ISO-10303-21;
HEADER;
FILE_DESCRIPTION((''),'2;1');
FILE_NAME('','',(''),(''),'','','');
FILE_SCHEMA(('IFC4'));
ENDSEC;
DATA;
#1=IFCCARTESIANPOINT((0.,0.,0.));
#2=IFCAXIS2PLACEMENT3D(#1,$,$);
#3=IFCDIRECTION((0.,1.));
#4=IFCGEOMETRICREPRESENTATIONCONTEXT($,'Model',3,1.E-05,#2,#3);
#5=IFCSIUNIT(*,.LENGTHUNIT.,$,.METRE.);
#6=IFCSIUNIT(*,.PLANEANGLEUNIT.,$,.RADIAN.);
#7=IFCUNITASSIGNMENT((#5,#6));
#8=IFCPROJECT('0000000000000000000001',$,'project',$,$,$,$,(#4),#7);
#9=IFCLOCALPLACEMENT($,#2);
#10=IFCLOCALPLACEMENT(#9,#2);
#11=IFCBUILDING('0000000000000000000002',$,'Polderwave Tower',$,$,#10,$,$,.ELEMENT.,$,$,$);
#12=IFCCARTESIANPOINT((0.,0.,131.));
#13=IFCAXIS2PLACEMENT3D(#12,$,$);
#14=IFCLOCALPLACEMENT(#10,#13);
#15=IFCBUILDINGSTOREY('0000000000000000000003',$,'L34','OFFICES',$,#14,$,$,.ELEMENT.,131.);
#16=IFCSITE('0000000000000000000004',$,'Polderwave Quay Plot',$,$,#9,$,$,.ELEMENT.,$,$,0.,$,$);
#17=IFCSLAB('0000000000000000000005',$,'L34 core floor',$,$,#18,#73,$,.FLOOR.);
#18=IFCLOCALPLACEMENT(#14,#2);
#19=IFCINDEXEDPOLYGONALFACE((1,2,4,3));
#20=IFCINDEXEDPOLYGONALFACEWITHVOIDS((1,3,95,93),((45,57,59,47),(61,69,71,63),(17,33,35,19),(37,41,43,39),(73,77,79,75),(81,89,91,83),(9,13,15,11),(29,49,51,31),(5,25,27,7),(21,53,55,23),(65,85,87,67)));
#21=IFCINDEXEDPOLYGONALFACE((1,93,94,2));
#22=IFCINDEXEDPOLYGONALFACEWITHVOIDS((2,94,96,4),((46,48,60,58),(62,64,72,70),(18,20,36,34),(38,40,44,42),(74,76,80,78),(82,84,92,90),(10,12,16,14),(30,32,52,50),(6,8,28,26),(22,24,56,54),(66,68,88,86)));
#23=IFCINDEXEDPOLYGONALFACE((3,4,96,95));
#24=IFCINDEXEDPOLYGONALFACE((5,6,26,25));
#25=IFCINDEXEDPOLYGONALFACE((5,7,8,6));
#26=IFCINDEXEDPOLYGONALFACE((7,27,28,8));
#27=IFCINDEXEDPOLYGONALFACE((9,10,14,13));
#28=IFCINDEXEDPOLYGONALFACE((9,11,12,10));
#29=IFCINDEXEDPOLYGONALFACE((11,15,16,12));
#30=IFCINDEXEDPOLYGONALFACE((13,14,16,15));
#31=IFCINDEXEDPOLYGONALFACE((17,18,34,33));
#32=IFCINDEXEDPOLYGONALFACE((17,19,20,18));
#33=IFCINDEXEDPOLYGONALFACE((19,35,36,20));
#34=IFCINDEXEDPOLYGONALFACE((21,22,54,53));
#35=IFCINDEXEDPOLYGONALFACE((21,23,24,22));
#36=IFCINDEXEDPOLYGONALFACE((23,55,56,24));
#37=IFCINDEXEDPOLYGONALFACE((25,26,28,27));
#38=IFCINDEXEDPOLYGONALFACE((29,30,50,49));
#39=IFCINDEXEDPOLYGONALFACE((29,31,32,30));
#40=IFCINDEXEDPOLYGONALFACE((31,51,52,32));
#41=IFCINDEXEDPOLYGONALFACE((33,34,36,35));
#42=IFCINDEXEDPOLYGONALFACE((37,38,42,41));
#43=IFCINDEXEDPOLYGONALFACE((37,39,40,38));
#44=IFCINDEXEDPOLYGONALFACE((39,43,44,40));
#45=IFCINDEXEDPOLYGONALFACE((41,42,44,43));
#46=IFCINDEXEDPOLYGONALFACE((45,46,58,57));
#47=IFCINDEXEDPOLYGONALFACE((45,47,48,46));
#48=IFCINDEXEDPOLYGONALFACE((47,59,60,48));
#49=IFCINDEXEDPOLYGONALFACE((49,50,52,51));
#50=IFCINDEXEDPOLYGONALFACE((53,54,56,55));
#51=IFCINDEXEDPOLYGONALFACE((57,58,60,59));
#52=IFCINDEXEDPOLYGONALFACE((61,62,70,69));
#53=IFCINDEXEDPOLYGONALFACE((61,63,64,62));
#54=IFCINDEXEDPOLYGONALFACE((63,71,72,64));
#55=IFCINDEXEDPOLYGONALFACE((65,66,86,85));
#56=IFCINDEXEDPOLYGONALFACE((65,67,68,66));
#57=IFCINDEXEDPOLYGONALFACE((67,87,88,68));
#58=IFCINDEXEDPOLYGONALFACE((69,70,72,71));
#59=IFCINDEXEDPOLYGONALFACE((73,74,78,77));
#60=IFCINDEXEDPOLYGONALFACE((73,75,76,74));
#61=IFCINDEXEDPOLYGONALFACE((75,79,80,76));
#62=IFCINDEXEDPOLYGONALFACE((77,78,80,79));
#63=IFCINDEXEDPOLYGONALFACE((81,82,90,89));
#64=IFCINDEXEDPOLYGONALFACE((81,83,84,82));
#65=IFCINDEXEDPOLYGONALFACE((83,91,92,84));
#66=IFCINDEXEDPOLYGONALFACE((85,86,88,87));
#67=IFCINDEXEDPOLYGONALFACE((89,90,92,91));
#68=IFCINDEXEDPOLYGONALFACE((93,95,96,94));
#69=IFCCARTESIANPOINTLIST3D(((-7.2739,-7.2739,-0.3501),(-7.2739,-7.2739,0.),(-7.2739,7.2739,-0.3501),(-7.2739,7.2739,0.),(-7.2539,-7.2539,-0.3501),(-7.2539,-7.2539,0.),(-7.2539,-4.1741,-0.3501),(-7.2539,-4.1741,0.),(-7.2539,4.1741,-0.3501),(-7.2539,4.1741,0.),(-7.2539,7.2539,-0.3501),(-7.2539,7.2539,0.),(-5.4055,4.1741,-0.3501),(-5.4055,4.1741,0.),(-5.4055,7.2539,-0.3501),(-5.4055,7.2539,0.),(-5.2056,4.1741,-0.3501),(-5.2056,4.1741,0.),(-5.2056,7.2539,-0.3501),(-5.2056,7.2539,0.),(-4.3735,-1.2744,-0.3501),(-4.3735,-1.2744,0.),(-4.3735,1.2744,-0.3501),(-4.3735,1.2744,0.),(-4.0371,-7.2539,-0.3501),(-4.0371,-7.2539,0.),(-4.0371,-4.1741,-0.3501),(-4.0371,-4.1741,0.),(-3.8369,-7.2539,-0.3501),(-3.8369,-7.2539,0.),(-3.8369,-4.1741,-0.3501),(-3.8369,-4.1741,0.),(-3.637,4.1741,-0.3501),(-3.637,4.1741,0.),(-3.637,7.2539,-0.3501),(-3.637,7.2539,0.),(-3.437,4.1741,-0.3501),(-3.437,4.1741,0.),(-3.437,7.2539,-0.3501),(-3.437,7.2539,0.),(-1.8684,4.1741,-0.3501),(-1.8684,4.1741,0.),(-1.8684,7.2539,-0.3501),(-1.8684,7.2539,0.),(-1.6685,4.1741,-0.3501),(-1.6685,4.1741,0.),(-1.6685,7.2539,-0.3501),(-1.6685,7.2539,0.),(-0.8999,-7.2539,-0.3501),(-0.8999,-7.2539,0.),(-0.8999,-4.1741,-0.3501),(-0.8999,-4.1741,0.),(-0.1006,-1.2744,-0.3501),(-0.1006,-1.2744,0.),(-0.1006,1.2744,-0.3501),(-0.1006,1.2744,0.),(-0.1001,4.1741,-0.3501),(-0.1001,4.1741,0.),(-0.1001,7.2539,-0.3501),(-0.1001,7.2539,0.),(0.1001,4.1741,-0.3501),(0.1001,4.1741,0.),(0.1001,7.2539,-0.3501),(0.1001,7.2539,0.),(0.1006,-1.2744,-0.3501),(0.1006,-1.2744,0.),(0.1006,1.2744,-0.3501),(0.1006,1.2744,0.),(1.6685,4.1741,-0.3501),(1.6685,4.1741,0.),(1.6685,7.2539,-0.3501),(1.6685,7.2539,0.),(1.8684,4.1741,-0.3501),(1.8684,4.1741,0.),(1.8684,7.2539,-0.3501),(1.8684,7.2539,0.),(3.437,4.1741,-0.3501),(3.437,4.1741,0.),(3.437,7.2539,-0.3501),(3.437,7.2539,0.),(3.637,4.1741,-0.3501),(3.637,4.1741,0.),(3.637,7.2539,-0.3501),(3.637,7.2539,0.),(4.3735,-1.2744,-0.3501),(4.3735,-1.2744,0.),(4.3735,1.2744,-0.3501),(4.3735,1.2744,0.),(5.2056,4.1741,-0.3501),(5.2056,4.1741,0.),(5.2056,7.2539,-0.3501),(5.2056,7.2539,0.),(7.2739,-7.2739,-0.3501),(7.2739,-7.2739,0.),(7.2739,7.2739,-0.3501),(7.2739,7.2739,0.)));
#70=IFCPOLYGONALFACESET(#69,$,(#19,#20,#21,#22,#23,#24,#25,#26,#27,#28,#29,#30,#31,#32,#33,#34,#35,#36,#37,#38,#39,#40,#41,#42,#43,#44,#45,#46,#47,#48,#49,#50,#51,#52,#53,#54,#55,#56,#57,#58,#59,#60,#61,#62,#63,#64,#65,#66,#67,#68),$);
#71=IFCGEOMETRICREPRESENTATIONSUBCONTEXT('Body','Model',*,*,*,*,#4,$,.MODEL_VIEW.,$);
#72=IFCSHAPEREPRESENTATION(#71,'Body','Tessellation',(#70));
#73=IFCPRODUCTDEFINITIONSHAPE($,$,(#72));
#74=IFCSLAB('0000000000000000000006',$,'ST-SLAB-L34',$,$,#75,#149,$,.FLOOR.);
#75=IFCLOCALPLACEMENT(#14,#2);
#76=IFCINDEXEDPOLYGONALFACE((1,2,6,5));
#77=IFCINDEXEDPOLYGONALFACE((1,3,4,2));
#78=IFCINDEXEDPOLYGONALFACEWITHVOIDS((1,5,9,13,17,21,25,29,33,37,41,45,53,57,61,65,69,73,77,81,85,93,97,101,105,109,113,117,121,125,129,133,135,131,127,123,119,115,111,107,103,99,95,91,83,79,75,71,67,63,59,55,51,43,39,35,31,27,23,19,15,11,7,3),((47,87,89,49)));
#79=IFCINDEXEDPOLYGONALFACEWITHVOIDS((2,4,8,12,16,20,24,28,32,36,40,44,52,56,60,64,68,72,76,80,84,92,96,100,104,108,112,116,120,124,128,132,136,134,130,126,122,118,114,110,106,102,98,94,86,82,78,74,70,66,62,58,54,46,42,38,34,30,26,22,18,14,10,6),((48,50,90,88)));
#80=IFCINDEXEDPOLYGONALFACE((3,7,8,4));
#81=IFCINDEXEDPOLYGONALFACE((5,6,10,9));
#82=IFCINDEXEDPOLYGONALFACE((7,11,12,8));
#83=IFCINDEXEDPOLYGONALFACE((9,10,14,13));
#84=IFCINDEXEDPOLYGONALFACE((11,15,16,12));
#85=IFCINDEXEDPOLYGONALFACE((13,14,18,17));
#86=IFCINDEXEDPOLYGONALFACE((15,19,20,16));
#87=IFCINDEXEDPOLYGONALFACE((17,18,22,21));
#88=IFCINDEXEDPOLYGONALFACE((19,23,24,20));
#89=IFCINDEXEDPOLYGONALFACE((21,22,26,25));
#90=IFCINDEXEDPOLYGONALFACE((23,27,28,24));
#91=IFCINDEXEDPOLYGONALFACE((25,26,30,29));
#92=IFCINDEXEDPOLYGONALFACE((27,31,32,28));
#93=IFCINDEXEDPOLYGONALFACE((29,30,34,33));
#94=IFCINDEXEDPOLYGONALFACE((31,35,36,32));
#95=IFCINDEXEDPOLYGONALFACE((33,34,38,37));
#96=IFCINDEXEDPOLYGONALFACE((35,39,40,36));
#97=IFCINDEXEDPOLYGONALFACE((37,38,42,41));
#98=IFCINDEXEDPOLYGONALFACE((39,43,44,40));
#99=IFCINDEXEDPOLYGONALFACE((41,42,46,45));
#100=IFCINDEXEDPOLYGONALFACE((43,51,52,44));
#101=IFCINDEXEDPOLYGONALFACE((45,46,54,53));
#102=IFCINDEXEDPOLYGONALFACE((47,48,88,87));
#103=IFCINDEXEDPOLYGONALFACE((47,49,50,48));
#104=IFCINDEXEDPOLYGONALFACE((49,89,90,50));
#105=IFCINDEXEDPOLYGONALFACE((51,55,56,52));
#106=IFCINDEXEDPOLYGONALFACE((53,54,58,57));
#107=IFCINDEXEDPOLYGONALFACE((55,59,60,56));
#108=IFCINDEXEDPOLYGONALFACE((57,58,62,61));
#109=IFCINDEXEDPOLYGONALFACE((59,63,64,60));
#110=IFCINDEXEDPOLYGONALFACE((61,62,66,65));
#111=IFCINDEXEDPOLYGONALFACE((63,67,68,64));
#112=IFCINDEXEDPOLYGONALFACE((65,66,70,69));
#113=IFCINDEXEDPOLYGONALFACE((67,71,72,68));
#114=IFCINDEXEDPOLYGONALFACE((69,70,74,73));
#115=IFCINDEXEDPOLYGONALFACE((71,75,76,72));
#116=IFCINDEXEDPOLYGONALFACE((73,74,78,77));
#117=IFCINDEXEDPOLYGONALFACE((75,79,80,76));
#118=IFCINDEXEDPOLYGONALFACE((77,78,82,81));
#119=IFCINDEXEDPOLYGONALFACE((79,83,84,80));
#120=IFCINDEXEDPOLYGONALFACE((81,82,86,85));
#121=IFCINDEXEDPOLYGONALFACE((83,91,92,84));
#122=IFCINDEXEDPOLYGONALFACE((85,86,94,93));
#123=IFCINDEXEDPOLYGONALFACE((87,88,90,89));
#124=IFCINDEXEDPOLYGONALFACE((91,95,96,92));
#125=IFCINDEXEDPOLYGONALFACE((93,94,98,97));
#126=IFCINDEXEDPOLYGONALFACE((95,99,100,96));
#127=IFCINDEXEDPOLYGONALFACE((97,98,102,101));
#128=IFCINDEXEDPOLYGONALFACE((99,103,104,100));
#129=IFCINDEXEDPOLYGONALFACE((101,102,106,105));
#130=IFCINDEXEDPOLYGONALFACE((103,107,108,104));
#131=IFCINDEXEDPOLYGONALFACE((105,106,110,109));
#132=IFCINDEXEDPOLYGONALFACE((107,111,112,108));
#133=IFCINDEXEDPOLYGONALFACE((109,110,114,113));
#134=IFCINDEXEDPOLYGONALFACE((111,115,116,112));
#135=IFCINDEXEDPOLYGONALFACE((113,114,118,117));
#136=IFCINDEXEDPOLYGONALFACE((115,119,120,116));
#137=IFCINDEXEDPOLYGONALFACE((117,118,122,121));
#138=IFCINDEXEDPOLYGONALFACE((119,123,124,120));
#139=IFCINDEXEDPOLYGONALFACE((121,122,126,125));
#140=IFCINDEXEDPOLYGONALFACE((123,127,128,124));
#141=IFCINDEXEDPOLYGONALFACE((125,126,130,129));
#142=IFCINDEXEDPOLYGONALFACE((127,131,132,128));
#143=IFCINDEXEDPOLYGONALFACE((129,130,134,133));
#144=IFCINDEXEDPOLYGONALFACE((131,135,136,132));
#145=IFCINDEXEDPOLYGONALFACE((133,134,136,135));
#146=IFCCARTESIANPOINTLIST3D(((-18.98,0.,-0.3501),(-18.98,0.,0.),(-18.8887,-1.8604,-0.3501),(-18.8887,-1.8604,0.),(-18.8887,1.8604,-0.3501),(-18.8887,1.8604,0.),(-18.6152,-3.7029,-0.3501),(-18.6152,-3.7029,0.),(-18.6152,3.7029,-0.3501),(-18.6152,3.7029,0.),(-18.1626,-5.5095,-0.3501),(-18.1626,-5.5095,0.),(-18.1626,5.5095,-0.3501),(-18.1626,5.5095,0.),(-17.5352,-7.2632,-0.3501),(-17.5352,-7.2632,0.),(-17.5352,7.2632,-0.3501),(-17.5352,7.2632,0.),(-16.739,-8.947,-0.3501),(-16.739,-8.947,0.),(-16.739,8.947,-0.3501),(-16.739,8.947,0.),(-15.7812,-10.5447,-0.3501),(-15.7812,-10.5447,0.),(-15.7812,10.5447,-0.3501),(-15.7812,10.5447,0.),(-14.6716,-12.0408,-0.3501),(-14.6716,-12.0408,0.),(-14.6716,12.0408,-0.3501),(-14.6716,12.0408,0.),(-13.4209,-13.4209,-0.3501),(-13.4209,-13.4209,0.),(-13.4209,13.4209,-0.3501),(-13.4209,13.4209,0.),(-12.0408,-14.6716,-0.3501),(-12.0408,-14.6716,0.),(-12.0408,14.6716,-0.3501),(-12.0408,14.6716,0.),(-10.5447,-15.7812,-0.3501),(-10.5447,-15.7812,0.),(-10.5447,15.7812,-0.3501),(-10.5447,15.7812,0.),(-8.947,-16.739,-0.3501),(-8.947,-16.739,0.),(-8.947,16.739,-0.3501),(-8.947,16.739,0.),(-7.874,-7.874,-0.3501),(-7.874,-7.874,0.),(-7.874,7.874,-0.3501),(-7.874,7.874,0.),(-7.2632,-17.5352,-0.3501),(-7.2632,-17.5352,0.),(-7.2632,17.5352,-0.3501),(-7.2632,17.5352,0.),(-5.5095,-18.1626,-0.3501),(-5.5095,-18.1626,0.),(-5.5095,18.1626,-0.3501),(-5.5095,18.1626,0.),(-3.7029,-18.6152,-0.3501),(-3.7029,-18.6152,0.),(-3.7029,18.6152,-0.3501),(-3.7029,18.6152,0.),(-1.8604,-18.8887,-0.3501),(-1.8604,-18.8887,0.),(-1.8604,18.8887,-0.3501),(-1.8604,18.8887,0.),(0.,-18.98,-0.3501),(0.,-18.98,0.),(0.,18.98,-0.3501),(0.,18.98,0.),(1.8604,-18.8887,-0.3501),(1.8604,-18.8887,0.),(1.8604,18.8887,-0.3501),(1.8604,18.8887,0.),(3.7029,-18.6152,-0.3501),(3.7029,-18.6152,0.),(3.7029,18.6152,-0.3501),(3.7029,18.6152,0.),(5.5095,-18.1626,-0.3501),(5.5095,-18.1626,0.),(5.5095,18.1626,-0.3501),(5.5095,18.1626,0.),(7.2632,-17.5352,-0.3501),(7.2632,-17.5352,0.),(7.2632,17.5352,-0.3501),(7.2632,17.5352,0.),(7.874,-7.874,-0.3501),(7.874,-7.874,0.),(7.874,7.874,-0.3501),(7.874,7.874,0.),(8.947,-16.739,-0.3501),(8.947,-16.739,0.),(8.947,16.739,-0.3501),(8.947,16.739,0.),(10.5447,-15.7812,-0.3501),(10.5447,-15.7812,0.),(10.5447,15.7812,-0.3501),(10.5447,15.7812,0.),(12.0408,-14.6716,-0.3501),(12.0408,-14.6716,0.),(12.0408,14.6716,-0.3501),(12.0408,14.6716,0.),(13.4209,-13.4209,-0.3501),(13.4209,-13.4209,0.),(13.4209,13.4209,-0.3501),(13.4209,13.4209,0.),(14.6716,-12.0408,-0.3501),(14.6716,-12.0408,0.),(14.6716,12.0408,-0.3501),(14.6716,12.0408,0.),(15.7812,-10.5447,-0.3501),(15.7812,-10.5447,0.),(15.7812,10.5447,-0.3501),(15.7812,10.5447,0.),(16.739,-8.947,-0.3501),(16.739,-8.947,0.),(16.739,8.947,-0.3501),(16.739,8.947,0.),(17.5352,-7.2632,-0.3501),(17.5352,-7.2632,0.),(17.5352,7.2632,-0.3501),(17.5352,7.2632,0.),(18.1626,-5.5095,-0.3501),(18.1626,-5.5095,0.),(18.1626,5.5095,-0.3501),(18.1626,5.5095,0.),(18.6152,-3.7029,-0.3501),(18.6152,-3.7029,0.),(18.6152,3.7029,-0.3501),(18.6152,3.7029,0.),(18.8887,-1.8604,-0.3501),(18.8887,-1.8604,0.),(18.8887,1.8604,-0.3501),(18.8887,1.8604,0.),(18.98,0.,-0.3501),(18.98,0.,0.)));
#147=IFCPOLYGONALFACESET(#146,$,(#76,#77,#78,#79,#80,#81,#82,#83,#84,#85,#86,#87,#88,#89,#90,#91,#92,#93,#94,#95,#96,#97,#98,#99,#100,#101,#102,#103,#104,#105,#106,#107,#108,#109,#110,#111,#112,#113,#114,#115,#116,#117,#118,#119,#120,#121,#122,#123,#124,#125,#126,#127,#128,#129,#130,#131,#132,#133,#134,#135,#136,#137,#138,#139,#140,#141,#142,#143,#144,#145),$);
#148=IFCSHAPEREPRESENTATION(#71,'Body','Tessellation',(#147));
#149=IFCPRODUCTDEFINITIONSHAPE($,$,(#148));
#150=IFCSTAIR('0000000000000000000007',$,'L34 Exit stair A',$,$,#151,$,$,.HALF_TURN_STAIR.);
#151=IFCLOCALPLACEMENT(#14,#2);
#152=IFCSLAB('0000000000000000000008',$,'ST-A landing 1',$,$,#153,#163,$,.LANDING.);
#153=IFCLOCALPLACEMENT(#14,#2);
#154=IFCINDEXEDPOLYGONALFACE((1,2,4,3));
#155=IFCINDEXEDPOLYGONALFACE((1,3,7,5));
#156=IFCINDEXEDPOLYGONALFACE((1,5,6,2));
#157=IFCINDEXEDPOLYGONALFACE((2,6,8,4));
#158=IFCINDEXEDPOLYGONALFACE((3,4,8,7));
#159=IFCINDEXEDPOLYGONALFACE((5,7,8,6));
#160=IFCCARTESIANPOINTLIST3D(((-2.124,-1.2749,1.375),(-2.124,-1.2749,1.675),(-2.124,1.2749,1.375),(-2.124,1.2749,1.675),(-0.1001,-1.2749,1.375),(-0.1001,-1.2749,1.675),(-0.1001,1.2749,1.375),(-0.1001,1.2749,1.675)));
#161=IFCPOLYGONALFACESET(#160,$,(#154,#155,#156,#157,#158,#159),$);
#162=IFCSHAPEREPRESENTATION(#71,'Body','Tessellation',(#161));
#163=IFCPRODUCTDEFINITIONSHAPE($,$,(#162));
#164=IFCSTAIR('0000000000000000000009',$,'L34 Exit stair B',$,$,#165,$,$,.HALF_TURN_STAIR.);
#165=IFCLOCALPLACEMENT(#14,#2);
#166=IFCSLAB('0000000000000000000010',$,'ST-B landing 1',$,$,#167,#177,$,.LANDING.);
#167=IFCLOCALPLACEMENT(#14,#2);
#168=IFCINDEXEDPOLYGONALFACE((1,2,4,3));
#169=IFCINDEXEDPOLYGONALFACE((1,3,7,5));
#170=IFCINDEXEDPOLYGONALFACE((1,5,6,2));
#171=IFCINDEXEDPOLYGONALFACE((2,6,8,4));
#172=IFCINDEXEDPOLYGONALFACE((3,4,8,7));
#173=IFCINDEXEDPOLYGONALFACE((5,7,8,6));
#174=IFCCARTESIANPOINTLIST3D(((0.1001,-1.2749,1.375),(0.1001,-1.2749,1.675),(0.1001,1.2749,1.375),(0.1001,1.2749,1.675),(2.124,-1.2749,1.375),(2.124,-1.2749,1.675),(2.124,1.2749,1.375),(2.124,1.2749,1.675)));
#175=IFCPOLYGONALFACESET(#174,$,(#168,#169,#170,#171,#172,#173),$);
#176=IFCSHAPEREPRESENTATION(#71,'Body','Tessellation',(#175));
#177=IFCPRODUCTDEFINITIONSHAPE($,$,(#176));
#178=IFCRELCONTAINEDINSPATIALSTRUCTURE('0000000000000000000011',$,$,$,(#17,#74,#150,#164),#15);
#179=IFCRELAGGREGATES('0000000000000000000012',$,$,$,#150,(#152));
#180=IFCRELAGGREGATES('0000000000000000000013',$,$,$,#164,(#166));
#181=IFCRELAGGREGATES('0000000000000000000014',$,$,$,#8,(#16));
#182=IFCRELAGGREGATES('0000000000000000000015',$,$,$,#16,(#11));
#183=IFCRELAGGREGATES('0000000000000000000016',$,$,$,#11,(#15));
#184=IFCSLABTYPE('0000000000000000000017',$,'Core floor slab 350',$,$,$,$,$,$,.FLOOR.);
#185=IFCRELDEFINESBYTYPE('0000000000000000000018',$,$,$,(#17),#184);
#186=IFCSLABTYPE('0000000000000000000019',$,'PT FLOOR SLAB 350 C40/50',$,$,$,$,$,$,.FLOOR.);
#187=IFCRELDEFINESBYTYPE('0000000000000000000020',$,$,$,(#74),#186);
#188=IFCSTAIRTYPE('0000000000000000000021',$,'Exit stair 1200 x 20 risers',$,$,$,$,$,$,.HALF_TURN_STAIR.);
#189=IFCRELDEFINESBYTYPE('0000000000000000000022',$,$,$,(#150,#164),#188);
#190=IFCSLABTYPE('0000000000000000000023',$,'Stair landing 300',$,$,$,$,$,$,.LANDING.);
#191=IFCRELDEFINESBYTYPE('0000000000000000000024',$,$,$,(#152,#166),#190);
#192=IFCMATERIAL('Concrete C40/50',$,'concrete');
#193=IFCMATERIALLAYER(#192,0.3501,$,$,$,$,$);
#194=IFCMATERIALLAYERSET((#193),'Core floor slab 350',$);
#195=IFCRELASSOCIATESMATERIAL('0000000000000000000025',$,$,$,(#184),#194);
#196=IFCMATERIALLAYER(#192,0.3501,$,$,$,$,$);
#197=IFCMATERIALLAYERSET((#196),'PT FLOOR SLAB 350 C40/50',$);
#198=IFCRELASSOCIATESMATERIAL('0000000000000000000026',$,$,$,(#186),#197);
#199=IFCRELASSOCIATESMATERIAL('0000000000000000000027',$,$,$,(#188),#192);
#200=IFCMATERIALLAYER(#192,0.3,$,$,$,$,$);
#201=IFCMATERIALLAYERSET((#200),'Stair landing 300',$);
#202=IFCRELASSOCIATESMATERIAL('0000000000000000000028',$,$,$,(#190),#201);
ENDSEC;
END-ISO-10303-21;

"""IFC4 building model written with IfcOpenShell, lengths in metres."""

from ifc_helpers import new_model, si_unit, direction, frame, origin, place, context, subcontext, project, spatial, polyline, outline, extrude, material, layer, layer_set, type_object, element, aggregate, save


model = new_model("IFC4")

# Units and contexts
model_context = context("Model", 3, precision=1e-05, world=origin(), true_north=direction((0.0, 1.0)))
body_context = subcontext(model_context, "Body", "Model", "MODEL_VIEW")
ifc_project = project(units=[si_unit("LENGTHUNIT", "METRE"), si_unit("PLANEANGLEUNIT", "RADIAN")], contexts=[model_context])

# Site, building, storey
site_placement = place(None, origin())
site = spatial("IfcSite", under=ifc_project, at=site_placement, Name="Polderwave Quay Plot", CompositionType="ELEMENT", RefElevation=0.0)
building_placement = place(site_placement, origin())
building = spatial("IfcBuilding", under=site, at=building_placement, Name="Polderwave Tower", CompositionType="ELEMENT")
storey_placement = place(building_placement, frame((0.0, 0.0, 131.0)))
storey = spatial("IfcBuildingStorey", under=building, at=storey_placement, Name="L34", Description="OFFICES", CompositionType="ELEMENT", Elevation=131.0)

# Slabs
ifc_material_1 = material(Name="Concrete C40/50", Category="concrete")
ifc_layer_1 = layer(ifc_material_1, 0.3501)
ifc_layer_set_1 = layer_set([ifc_layer_1], Name="Core floor slab 350")
slab_type_1 = type_object("IfcSlabType", Name="Core floor slab 350", PredefinedType="FLOOR", material=ifc_layer_set_1)
slab_1_placement = place(storey_placement, frame((0.0, 0.0, -0.3501)))
element("IfcSlab", 1, at=slab_1_placement, inside=storey, type_object=slab_type_1, Name="L34 core floor", PredefinedType="FLOOR", context=body_context, shape_type="SweptSolid", body=[
    extrude(outline(polyline([(-7.2739, -7.2739), (7.2739, -7.2739), (7.2739, 7.2739), (-7.2739, 7.2739), (-7.2739, -7.2739)]), holes=[polyline([(-7.2539, -7.2539), (-4.0371, -7.2539), (-4.0371, -4.1741), (-7.2539, -4.1741), (-7.2539, -7.2539)]), polyline([(-3.8369, -7.2539), (-0.8999, -7.2539), (-0.8999, -4.1741), (-3.8369, -4.1741), (-3.8369, -7.2539)]), polyline([(-7.2539, 4.1741), (-5.4055, 4.1741), (-5.4055, 7.2539), (-7.2539, 7.2539), (-7.2539, 4.1741)]), polyline([(-5.2056, 4.1741), (-3.637, 4.1741), (-3.637, 7.2539), (-5.2056, 7.2539), (-5.2056, 4.1741)]), polyline([(-3.437, 4.1741), (-1.8684, 4.1741), (-1.8684, 7.2539), (-3.437, 7.2539), (-3.437, 4.1741)]), polyline([(-1.6685, 4.1741), (-0.1001, 4.1741), (-0.1001, 7.2539), (-1.6685, 7.2539), (-1.6685, 4.1741)]), polyline([(0.1001, 4.1741), (1.6685, 4.1741), (1.6685, 7.2539), (0.1001, 7.2539), (0.1001, 4.1741)]), polyline([(1.8684, 4.1741), (3.437, 4.1741), (3.437, 7.2539), (1.8684, 7.2539), (1.8684, 4.1741)]), polyline([(3.637, 4.1741), (5.2056, 4.1741), (5.2056, 7.2539), (3.637, 7.2539), (3.637, 4.1741)]), polyline([(-4.3735, -1.2744), (-0.1006, -1.2744), (-0.1006, 1.2744), (-4.3735, 1.2744), (-4.3735, -1.2744)]), polyline([(0.1006, -1.2744), (4.3735, -1.2744), (4.3735, 1.2744), (0.1006, 1.2744), (0.1006, -1.2744)])]), origin(), (0.0, 0.0, 1.0), 0.3501),
])
ifc_layer_2 = layer(ifc_material_1, 0.3501)
ifc_layer_set_2 = layer_set([ifc_layer_2], Name="PT FLOOR SLAB 350 C40/50")
slab_type_2 = type_object("IfcSlabType", Name="PT FLOOR SLAB 350 C40/50", PredefinedType="FLOOR", material=ifc_layer_set_2)
slab_2_placement = place(storey_placement, frame((0.0, 0.0, -0.3501)))
element("IfcSlab", 2, at=slab_2_placement, inside=storey, type_object=slab_type_2, Name="ST-SLAB-L34", PredefinedType="FLOOR", context=body_context, shape_type="SweptSolid", body=[
    extrude(outline(polyline([(18.98, 0.0), (18.8887, 1.8604), (18.6152, 3.7029), (18.1626, 5.5095), (17.5352, 7.2632), (16.739, 8.947), (15.7812, 10.5447), (14.6716, 12.0408), (13.4209, 13.4209), (12.0408, 14.6716), (10.5447, 15.7812), (8.947, 16.739), (7.2632, 17.5352), (5.5095, 18.1626), (3.7029, 18.6152), (1.8604, 18.8887), (0.0, 18.98), (-1.8604, 18.8887), (-3.7029, 18.6152), (-5.5095, 18.1626), (-7.2632, 17.5352), (-8.947, 16.739), (-10.5447, 15.7812), (-12.0408, 14.6716), (-13.4209, 13.4209), (-14.6716, 12.0408), (-15.7812, 10.5447), (-16.739, 8.947), (-17.5352, 7.2632), (-18.1626, 5.5095), (-18.6152, 3.7029), (-18.8887, 1.8604), (-18.98, 0.0), (-18.8887, -1.8604), (-18.6152, -3.7029), (-18.1626, -5.5095), (-17.5352, -7.2632), (-16.739, -8.947), (-15.7812, -10.5447), (-14.6716, -12.0408), (-13.4209, -13.4209), (-12.0408, -14.6716), (-10.5447, -15.7812), (-8.947, -16.739), (-7.2632, -17.5352), (-5.5095, -18.1626), (-3.7029, -18.6152), (-1.8604, -18.8887), (0.0, -18.98), (1.8604, -18.8887), (3.7029, -18.6152), (5.5095, -18.1626), (7.2632, -17.5352), (8.947, -16.739), (10.5447, -15.7812), (12.0408, -14.6716), (13.4209, -13.4209), (14.6716, -12.0408), (15.7812, -10.5447), (16.739, -8.947), (17.5352, -7.2632), (18.1626, -5.5095), (18.6152, -3.7029), (18.8887, -1.8604), (18.98, 0.0)]), holes=[polyline([(-7.874, -7.874), (7.874, -7.874), (7.874, 7.874), (-7.874, 7.874), (-7.874, -7.874)])]), origin(), (0.0, 0.0, 1.0), 0.3501),
])

# Stairs, slabs
stair_type = type_object("IfcStairType", Name="Exit stair 1200 x 20 risers", PredefinedType="HALF_TURN_STAIR", material=ifc_material_1)
stair_1_placement = place(storey_placement, origin())
stair_1 = element("IfcStair", 3, at=stair_1_placement, inside=storey, type_object=stair_type, Name="L34 Exit stair A", PredefinedType="HALF_TURN_STAIR")
ifc_layer_3 = layer(ifc_material_1, 0.3)
ifc_layer_set_3 = layer_set([ifc_layer_3], Name="Stair landing 300")
slab_type_3 = type_object("IfcSlabType", Name="Stair landing 300", PredefinedType="LANDING", material=ifc_layer_set_3)
slab_3_placement = place(storey_placement, frame((0.0, 0.0, 1.375)))
slab_3 = element("IfcSlab", 4, at=slab_3_placement, type_object=slab_type_3, Name="ST-A landing 1", PredefinedType="LANDING", context=body_context, shape_type="SweptSolid", body=[
    extrude(outline(polyline([(-2.124, -1.2749), (-0.1001, -1.2749), (-0.1001, 1.2749), (-2.124, 1.2749), (-2.124, -1.2749)])), origin(), (0.0, 0.0, 1.0), 0.3),
])
aggregate(stair_1, [slab_3])
stair_2_placement = place(storey_placement, origin())
stair_2 = element("IfcStair", 5, at=stair_2_placement, inside=storey, type_object=stair_type, Name="L34 Exit stair B", PredefinedType="HALF_TURN_STAIR")
slab_4_placement = place(storey_placement, frame((0.0, 0.0, 1.375)))
slab_4 = element("IfcSlab", 6, at=slab_4_placement, type_object=slab_type_3, Name="ST-B landing 1", PredefinedType="LANDING", context=body_context, shape_type="SweptSolid", body=[
    extrude(outline(polyline([(2.124, 1.2749), (0.1001, 1.2749), (0.1001, -1.2749), (2.124, -1.2749), (2.124, 1.2749)])), origin(), (0.0, 0.0, 1.0), 0.3),
])

aggregate(stair_2, [slab_4])

save(model, "model.ifc")
